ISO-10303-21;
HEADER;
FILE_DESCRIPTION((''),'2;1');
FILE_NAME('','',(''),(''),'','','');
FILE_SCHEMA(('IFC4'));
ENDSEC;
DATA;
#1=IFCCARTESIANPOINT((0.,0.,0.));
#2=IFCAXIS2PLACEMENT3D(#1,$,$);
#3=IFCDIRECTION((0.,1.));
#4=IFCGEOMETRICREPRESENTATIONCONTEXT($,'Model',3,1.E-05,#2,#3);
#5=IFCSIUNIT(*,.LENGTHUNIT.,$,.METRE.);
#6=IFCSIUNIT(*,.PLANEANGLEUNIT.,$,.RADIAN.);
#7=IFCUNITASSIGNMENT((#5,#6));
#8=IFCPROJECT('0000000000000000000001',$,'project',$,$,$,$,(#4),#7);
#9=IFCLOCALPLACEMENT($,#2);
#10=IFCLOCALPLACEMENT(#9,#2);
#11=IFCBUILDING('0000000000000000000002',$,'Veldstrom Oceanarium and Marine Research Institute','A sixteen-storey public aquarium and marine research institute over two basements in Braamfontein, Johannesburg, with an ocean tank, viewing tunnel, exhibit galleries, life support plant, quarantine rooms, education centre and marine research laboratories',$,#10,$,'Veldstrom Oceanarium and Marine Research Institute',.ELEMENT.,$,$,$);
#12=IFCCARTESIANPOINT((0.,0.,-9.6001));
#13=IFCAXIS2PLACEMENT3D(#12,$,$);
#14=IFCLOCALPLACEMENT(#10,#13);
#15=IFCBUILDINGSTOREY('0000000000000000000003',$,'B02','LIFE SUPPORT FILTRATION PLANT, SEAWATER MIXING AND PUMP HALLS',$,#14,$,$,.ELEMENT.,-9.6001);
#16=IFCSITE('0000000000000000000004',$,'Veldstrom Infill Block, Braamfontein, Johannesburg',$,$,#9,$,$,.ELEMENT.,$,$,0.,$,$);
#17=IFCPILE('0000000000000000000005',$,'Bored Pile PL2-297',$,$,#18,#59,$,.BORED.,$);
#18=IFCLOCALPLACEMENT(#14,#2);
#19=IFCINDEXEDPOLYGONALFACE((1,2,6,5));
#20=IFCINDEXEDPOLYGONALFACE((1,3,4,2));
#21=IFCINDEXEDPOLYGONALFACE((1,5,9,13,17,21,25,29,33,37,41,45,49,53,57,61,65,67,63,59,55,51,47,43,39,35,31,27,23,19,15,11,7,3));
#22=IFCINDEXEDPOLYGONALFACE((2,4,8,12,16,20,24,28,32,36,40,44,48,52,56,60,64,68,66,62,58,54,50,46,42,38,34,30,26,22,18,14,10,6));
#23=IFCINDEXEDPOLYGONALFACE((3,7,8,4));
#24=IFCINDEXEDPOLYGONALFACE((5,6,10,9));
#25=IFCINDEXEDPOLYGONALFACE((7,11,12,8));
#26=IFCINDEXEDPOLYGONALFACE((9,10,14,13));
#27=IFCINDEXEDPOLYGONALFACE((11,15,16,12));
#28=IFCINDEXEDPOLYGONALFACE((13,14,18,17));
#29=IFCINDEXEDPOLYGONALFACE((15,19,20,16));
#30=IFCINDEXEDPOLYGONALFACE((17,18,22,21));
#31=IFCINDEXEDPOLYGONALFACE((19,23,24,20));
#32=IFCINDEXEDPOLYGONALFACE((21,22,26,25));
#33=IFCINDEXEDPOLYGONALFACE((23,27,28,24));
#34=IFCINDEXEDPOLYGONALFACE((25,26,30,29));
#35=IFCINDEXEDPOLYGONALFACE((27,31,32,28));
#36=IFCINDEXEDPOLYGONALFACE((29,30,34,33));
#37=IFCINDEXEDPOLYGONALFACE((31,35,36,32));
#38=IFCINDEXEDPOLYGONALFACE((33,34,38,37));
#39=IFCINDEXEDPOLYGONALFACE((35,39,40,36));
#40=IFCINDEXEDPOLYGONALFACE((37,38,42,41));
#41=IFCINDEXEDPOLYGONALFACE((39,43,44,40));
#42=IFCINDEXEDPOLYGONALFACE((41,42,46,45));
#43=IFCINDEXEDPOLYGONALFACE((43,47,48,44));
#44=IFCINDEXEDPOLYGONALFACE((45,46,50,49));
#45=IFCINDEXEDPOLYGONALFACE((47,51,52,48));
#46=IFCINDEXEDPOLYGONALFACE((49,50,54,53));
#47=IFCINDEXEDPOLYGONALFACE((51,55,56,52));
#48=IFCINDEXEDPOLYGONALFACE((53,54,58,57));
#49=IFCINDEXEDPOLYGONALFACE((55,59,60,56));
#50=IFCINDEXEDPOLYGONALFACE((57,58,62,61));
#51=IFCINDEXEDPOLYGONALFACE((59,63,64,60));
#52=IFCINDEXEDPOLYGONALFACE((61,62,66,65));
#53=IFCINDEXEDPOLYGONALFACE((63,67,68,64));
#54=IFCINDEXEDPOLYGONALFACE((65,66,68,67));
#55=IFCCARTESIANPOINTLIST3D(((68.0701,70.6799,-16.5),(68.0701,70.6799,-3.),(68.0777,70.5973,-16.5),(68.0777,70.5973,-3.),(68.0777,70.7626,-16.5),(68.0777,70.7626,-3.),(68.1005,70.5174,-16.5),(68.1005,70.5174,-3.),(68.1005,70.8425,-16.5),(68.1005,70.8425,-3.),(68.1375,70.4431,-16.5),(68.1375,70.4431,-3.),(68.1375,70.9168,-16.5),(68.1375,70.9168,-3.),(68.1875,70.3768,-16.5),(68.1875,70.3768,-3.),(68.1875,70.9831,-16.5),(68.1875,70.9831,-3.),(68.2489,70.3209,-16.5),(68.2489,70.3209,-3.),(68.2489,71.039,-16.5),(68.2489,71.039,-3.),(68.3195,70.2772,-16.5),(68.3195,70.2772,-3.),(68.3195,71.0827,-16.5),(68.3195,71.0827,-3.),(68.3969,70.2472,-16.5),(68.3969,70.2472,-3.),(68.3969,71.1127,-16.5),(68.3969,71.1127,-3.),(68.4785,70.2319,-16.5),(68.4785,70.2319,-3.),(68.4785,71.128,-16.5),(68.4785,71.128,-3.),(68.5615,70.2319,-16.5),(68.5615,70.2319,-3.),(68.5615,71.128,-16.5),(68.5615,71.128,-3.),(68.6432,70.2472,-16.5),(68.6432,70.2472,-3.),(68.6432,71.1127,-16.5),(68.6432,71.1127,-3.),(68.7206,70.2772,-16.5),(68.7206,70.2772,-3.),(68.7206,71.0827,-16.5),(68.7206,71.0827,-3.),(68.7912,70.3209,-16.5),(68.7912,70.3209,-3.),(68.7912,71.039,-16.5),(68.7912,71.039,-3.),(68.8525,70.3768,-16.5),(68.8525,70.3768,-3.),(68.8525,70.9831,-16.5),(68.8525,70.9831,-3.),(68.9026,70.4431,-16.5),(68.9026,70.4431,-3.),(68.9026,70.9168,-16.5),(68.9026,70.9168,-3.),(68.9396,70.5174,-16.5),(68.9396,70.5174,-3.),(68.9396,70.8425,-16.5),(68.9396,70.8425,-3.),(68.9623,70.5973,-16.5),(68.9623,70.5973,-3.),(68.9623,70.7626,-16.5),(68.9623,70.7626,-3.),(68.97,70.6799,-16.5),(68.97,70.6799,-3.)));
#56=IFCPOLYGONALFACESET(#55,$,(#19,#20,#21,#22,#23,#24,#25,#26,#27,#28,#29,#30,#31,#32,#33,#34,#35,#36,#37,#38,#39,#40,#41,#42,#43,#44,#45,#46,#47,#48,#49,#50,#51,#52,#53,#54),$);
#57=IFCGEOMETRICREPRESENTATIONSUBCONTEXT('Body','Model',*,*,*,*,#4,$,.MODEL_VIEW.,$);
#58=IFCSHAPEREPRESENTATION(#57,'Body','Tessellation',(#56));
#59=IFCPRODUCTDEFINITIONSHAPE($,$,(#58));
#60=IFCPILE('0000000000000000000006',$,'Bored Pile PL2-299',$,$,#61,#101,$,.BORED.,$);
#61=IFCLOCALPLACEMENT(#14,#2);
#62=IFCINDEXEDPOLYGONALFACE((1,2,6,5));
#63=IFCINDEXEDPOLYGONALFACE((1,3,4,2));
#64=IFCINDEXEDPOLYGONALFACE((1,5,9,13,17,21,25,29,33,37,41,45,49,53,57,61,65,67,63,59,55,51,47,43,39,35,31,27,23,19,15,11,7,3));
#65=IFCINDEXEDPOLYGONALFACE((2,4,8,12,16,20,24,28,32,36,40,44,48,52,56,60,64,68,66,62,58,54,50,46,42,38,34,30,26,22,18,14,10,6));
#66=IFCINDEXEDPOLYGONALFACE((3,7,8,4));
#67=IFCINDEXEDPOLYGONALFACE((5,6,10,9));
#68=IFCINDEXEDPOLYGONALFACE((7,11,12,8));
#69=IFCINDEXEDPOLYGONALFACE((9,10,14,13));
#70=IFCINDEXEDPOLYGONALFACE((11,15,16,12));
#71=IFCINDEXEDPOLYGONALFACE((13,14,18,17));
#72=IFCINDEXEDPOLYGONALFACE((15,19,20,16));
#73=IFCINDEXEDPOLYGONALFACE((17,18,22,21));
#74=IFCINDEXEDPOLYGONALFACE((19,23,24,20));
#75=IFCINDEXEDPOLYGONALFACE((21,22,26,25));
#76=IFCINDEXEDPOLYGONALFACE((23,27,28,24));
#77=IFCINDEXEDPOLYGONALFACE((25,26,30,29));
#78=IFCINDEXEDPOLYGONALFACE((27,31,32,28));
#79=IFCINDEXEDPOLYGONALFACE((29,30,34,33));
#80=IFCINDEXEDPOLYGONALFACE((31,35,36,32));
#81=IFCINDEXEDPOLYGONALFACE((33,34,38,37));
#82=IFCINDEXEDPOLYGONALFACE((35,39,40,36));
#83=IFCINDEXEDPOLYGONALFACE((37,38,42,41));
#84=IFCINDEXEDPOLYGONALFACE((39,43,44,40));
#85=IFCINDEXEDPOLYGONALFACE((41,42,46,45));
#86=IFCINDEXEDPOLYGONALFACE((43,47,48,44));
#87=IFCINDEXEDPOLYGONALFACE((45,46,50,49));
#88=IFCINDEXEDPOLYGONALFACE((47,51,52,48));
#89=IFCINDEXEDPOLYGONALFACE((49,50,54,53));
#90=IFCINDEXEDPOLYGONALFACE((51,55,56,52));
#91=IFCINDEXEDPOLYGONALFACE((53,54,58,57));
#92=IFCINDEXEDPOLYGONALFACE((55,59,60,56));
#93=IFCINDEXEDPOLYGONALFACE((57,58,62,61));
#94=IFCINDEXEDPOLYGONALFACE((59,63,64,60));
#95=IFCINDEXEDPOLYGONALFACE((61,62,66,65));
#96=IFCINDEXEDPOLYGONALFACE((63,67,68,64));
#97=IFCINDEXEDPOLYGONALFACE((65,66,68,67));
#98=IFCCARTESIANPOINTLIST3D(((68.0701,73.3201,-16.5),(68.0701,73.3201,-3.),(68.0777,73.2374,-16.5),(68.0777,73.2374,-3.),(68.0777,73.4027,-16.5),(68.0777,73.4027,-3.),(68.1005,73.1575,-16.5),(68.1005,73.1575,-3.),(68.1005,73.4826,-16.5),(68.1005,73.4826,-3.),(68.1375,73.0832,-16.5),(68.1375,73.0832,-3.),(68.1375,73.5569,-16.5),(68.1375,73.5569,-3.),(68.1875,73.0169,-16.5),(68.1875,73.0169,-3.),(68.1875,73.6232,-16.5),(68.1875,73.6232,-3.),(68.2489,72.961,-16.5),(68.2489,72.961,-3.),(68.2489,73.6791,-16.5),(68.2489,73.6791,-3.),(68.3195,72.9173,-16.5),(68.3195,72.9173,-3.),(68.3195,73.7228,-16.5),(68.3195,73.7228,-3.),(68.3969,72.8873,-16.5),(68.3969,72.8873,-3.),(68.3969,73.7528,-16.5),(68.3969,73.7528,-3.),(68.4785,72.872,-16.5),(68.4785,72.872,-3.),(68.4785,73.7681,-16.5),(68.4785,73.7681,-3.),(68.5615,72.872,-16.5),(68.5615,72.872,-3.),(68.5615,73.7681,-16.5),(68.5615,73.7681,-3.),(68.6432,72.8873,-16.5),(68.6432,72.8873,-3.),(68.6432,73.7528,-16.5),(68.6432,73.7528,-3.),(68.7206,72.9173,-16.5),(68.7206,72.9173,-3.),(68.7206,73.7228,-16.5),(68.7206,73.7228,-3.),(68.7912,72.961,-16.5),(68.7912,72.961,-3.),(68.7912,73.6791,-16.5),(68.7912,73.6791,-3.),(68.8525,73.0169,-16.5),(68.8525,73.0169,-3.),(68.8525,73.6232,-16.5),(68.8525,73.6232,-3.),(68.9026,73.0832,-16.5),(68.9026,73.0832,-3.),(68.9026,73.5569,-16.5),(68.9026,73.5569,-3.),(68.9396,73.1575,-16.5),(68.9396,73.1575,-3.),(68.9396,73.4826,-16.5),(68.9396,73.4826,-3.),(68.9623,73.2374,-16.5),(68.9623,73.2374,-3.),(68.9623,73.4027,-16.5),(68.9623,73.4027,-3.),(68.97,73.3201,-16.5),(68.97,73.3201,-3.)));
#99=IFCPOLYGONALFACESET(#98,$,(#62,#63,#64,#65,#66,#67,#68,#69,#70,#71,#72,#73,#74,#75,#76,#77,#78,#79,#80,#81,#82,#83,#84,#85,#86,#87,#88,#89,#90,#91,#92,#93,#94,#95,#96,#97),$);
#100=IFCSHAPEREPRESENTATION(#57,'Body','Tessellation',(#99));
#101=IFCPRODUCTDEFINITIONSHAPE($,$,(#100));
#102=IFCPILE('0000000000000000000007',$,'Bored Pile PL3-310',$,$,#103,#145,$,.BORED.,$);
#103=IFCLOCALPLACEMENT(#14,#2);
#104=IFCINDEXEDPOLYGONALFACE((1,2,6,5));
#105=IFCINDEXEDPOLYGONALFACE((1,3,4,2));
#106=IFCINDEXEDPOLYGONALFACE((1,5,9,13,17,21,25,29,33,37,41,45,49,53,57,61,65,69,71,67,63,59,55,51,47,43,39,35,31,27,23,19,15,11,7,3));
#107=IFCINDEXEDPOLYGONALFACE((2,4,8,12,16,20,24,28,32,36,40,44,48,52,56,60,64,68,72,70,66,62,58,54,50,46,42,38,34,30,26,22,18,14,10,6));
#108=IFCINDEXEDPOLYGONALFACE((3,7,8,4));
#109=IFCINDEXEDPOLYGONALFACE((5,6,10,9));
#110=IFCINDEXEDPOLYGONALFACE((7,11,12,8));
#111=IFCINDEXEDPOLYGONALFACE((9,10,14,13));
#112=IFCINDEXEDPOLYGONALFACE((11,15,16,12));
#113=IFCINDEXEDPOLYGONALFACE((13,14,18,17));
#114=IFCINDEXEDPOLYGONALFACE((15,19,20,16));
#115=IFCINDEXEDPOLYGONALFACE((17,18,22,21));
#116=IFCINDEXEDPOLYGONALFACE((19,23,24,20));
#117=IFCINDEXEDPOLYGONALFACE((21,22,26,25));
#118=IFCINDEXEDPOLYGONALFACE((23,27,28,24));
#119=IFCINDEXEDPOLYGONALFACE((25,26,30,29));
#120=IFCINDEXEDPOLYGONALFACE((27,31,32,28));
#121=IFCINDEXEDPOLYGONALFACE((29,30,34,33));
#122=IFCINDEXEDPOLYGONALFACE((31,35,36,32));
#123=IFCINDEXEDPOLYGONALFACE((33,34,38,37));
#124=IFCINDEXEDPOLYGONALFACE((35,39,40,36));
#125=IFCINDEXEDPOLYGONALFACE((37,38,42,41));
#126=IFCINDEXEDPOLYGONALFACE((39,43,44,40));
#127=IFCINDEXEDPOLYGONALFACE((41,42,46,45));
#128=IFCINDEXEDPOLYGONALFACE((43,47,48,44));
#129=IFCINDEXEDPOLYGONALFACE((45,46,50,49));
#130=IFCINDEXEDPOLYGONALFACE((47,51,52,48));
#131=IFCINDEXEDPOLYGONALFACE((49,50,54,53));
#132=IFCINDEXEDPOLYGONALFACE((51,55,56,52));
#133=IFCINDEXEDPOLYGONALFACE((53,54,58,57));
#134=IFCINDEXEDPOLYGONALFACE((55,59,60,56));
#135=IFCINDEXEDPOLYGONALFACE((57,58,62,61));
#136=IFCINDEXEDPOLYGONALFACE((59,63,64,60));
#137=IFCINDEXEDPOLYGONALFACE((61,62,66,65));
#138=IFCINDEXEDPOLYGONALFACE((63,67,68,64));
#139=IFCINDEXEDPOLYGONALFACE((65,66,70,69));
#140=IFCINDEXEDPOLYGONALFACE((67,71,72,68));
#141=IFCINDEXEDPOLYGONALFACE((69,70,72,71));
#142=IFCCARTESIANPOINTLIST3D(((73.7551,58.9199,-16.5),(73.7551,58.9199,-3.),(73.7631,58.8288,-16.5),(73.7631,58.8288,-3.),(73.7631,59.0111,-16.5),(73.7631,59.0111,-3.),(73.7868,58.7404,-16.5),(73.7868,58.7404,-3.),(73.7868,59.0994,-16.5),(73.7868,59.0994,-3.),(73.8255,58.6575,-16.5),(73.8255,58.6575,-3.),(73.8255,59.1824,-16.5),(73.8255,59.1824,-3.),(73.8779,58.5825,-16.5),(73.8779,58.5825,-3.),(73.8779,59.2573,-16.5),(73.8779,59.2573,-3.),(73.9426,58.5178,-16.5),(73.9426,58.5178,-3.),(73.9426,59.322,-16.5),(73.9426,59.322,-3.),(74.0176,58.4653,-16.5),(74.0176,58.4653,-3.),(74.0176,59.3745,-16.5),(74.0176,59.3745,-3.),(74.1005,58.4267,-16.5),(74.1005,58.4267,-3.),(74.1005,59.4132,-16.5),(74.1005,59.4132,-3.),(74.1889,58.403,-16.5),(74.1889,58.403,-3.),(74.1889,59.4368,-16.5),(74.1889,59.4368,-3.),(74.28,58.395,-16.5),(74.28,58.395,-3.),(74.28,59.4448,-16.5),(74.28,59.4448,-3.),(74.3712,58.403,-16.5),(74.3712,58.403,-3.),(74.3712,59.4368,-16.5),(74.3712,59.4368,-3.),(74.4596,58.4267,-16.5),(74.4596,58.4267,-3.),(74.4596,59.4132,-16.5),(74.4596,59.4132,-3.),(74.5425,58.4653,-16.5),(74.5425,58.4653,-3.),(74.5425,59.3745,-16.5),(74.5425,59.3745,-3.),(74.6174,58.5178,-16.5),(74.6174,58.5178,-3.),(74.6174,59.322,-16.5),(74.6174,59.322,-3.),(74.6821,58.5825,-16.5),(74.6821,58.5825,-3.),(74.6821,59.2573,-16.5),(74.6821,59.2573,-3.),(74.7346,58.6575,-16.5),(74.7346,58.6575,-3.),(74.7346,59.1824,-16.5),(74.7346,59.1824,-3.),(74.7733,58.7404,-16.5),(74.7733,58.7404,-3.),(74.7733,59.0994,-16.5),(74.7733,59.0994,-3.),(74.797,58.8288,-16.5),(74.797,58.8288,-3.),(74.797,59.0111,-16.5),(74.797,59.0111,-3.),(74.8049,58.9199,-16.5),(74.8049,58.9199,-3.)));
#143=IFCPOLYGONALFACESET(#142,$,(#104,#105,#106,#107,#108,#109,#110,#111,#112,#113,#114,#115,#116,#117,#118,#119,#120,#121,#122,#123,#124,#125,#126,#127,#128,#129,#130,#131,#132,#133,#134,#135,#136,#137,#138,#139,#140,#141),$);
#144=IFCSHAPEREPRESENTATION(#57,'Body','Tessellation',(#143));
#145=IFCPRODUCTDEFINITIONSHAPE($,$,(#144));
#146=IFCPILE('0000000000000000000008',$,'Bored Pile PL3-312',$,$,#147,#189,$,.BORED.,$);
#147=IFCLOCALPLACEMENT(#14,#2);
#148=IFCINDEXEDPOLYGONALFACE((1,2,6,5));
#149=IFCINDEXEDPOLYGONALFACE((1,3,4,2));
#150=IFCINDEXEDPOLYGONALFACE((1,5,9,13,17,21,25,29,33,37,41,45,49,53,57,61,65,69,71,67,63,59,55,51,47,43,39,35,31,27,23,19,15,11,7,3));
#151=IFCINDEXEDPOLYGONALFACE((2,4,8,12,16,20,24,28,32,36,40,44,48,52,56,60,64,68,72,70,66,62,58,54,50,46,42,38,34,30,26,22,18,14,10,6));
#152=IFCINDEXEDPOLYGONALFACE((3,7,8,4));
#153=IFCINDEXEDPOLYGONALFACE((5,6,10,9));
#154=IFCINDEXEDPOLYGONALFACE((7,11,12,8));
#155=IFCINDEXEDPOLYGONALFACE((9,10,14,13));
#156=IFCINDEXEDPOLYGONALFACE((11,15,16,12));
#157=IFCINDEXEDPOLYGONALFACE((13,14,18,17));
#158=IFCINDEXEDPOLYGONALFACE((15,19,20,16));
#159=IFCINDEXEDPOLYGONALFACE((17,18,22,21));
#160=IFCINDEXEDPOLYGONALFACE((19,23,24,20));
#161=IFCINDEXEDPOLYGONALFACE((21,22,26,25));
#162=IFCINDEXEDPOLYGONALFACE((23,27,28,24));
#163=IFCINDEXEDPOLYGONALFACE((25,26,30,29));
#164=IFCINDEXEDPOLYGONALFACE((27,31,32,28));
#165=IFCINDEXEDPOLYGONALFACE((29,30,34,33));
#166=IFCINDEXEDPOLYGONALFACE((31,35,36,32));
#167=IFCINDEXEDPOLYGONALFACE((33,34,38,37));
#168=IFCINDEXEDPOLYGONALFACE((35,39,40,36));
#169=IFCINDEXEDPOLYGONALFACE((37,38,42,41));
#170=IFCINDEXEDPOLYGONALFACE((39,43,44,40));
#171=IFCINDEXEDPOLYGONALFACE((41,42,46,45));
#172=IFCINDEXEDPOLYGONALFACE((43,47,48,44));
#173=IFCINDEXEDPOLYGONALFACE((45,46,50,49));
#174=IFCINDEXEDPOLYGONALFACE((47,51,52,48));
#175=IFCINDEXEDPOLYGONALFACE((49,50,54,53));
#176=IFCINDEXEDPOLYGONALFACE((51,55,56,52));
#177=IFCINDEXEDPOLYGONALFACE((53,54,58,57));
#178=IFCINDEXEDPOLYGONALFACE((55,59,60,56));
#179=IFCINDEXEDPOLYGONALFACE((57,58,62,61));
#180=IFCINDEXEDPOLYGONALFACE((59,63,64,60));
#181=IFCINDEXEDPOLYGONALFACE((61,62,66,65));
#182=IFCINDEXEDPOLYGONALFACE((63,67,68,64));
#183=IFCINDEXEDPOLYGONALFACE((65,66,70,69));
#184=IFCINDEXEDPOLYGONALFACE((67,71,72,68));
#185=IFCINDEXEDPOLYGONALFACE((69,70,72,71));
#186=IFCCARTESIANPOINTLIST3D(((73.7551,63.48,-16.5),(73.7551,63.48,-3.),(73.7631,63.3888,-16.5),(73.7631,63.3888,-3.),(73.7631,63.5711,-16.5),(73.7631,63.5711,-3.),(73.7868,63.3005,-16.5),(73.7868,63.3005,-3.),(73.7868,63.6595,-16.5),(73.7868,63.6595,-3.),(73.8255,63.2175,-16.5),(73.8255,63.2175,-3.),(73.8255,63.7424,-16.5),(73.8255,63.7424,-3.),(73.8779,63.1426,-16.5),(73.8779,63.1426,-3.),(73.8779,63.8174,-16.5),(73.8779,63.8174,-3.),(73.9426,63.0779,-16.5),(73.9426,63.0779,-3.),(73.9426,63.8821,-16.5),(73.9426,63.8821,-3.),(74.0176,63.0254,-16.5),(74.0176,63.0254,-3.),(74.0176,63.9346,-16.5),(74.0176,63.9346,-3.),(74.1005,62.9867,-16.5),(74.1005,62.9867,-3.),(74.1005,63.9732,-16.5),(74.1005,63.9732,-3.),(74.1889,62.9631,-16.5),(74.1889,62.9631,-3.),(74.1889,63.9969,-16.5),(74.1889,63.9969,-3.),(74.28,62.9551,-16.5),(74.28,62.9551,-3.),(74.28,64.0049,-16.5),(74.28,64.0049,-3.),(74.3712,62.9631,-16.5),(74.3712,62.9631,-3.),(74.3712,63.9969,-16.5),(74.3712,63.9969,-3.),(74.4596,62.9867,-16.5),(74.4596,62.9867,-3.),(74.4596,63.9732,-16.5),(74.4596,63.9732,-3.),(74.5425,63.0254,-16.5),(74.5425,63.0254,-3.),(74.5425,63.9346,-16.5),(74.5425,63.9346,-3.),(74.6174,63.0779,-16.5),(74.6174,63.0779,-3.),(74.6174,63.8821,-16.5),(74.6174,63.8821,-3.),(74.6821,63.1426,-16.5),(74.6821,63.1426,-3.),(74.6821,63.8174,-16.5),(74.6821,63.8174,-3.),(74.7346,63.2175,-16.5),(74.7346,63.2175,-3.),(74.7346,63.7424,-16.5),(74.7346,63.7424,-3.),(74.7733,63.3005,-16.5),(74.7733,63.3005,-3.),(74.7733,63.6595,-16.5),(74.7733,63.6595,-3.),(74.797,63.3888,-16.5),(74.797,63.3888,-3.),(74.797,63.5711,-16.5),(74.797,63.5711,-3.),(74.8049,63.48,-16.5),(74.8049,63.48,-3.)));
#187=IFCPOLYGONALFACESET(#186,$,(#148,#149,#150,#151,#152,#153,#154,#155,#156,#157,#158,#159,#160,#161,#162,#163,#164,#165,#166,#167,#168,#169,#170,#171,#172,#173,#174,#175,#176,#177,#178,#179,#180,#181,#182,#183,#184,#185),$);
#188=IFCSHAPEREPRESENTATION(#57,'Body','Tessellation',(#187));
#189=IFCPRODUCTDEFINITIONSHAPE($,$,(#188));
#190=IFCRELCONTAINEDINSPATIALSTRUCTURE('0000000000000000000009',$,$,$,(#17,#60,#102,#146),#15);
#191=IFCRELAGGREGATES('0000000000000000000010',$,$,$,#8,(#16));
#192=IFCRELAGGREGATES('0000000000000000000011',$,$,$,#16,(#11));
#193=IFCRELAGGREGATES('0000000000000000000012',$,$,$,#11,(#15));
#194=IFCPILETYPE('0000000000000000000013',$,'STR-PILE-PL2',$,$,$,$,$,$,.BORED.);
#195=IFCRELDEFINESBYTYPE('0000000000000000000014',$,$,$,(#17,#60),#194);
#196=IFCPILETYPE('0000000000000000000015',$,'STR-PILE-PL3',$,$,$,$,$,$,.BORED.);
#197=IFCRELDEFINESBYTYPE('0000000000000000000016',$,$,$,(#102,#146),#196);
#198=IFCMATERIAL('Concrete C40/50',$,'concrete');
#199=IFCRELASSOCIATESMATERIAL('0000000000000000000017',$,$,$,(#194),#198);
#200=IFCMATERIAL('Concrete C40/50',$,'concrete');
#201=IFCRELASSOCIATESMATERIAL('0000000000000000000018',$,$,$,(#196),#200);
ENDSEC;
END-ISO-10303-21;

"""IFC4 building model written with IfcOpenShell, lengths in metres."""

from ifc_helpers import new_model, si_unit, direction, frame, origin, origin_2d, place, context, subcontext, project, spatial, circle, extrude, material, material_profile, profile_set, type_object, element, save


model = new_model("IFC4")

# Units and contexts
model_context = context("Model", 3, precision=1e-05, world=origin(), true_north=direction((0.0, 1.0)))
body_context = subcontext(model_context, "Body", "Model", "MODEL_VIEW")
ifc_project = project(units=[si_unit("LENGTHUNIT", "METRE"), si_unit("PLANEANGLEUNIT", "RADIAN")], contexts=[model_context])

# Site, building, storey
site_placement = place(None, origin())
site = spatial("IfcSite", under=ifc_project, at=site_placement, Name="Veldstrom Infill Block, Braamfontein, Johannesburg", CompositionType="ELEMENT", RefElevation=0.0)
building_placement = place(site_placement, origin())
building = spatial("IfcBuilding", under=site, at=building_placement, Name="Veldstrom Oceanarium and Marine Research Institute", Description="A sixteen-storey public aquarium and marine research institute over two basements in Braamfontein, Johannesburg, with an ocean tank, viewing tunnel, exhibit galleries, life support plant, quarantine rooms, education centre and marine research laboratories", LongName="Veldstrom Oceanarium and Marine Research Institute", CompositionType="ELEMENT")
storey_placement = place(building_placement, frame((0.0, 0.0, -9.6001)))
storey = spatial("IfcBuildingStorey", under=building, at=storey_placement, Name="B02", Description="LIFE SUPPORT FILTRATION PLANT, SEAWATER MIXING AND PUMP HALLS", CompositionType="ELEMENT", Elevation=-9.6001)

# Piles
ifc_material_1 = material(Name="Concrete C40/50", Category="concrete")
ifc_material_profile_1 = material_profile(ifc_material_1, circle(Radius=0.45, at=origin_2d()), Name="PILE-D900")
ifc_profile_set_1 = profile_set([ifc_material_profile_1], Name="Concrete C40/50")
pile_type_1 = type_object("IfcPileType", Name="STR-PILE-PL2", PredefinedType="BORED", material=ifc_profile_set_1)
for number, where, z_axis, x_axis, name in (
    (1, (68.52, 70.6799, -3.0), (0.0, 0.0, -1.0), (1.0, 0.0, 0.0), "Bored Pile PL2-297"),
    (2, (68.52, 73.3201, -3.0), (0.0, 0.0, -1.0), (1.0, 0.0, 0.0), "Bored Pile PL2-299"),
):
    element("IfcPile", number, at=place(storey_placement, frame(where, z_axis=z_axis, x_axis=x_axis)), inside=storey, type_object=pile_type_1, Name=name, PredefinedType="BORED", context=body_context, shape_type="SweptSolid", body=[
        extrude(circle(Radius=0.45, at=origin_2d()), origin(), (0.0, 0.0, 1.0), 13.5),
    ])
ifc_material_2 = material(Name="Concrete C40/50", Category="concrete")
ifc_material_profile_2 = material_profile(ifc_material_2, circle(Radius=0.5249, at=origin_2d()), Name="PILE-D1050")
ifc_profile_set_2 = profile_set([ifc_material_profile_2], Name="Concrete C40/50")
pile_type_2 = type_object("IfcPileType", Name="STR-PILE-PL3", PredefinedType="BORED", material=ifc_profile_set_2)
for number, where, z_axis, x_axis, name in (
    (3, (74.28, 58.9199, -3.0), (0.0, 0.0, -1.0), (1.0, 0.0, 0.0), "Bored Pile PL3-310"),
    (4, (74.28, 63.48, -3.0), (0.0, 0.0, -1.0), (1.0, 0.0, 0.0), "Bored Pile PL3-312"),
):
    element("IfcPile", number, at=place(storey_placement, frame(where, z_axis=z_axis, x_axis=x_axis)), inside=storey, type_object=pile_type_2, Name=name, PredefinedType="BORED", context=body_context, shape_type="SweptSolid", body=[
        extrude(circle(Radius=0.5249, at=origin_2d()), origin(), (0.0, 0.0, 1.0), 13.5),
    ])

save(model, "model.ifc")
